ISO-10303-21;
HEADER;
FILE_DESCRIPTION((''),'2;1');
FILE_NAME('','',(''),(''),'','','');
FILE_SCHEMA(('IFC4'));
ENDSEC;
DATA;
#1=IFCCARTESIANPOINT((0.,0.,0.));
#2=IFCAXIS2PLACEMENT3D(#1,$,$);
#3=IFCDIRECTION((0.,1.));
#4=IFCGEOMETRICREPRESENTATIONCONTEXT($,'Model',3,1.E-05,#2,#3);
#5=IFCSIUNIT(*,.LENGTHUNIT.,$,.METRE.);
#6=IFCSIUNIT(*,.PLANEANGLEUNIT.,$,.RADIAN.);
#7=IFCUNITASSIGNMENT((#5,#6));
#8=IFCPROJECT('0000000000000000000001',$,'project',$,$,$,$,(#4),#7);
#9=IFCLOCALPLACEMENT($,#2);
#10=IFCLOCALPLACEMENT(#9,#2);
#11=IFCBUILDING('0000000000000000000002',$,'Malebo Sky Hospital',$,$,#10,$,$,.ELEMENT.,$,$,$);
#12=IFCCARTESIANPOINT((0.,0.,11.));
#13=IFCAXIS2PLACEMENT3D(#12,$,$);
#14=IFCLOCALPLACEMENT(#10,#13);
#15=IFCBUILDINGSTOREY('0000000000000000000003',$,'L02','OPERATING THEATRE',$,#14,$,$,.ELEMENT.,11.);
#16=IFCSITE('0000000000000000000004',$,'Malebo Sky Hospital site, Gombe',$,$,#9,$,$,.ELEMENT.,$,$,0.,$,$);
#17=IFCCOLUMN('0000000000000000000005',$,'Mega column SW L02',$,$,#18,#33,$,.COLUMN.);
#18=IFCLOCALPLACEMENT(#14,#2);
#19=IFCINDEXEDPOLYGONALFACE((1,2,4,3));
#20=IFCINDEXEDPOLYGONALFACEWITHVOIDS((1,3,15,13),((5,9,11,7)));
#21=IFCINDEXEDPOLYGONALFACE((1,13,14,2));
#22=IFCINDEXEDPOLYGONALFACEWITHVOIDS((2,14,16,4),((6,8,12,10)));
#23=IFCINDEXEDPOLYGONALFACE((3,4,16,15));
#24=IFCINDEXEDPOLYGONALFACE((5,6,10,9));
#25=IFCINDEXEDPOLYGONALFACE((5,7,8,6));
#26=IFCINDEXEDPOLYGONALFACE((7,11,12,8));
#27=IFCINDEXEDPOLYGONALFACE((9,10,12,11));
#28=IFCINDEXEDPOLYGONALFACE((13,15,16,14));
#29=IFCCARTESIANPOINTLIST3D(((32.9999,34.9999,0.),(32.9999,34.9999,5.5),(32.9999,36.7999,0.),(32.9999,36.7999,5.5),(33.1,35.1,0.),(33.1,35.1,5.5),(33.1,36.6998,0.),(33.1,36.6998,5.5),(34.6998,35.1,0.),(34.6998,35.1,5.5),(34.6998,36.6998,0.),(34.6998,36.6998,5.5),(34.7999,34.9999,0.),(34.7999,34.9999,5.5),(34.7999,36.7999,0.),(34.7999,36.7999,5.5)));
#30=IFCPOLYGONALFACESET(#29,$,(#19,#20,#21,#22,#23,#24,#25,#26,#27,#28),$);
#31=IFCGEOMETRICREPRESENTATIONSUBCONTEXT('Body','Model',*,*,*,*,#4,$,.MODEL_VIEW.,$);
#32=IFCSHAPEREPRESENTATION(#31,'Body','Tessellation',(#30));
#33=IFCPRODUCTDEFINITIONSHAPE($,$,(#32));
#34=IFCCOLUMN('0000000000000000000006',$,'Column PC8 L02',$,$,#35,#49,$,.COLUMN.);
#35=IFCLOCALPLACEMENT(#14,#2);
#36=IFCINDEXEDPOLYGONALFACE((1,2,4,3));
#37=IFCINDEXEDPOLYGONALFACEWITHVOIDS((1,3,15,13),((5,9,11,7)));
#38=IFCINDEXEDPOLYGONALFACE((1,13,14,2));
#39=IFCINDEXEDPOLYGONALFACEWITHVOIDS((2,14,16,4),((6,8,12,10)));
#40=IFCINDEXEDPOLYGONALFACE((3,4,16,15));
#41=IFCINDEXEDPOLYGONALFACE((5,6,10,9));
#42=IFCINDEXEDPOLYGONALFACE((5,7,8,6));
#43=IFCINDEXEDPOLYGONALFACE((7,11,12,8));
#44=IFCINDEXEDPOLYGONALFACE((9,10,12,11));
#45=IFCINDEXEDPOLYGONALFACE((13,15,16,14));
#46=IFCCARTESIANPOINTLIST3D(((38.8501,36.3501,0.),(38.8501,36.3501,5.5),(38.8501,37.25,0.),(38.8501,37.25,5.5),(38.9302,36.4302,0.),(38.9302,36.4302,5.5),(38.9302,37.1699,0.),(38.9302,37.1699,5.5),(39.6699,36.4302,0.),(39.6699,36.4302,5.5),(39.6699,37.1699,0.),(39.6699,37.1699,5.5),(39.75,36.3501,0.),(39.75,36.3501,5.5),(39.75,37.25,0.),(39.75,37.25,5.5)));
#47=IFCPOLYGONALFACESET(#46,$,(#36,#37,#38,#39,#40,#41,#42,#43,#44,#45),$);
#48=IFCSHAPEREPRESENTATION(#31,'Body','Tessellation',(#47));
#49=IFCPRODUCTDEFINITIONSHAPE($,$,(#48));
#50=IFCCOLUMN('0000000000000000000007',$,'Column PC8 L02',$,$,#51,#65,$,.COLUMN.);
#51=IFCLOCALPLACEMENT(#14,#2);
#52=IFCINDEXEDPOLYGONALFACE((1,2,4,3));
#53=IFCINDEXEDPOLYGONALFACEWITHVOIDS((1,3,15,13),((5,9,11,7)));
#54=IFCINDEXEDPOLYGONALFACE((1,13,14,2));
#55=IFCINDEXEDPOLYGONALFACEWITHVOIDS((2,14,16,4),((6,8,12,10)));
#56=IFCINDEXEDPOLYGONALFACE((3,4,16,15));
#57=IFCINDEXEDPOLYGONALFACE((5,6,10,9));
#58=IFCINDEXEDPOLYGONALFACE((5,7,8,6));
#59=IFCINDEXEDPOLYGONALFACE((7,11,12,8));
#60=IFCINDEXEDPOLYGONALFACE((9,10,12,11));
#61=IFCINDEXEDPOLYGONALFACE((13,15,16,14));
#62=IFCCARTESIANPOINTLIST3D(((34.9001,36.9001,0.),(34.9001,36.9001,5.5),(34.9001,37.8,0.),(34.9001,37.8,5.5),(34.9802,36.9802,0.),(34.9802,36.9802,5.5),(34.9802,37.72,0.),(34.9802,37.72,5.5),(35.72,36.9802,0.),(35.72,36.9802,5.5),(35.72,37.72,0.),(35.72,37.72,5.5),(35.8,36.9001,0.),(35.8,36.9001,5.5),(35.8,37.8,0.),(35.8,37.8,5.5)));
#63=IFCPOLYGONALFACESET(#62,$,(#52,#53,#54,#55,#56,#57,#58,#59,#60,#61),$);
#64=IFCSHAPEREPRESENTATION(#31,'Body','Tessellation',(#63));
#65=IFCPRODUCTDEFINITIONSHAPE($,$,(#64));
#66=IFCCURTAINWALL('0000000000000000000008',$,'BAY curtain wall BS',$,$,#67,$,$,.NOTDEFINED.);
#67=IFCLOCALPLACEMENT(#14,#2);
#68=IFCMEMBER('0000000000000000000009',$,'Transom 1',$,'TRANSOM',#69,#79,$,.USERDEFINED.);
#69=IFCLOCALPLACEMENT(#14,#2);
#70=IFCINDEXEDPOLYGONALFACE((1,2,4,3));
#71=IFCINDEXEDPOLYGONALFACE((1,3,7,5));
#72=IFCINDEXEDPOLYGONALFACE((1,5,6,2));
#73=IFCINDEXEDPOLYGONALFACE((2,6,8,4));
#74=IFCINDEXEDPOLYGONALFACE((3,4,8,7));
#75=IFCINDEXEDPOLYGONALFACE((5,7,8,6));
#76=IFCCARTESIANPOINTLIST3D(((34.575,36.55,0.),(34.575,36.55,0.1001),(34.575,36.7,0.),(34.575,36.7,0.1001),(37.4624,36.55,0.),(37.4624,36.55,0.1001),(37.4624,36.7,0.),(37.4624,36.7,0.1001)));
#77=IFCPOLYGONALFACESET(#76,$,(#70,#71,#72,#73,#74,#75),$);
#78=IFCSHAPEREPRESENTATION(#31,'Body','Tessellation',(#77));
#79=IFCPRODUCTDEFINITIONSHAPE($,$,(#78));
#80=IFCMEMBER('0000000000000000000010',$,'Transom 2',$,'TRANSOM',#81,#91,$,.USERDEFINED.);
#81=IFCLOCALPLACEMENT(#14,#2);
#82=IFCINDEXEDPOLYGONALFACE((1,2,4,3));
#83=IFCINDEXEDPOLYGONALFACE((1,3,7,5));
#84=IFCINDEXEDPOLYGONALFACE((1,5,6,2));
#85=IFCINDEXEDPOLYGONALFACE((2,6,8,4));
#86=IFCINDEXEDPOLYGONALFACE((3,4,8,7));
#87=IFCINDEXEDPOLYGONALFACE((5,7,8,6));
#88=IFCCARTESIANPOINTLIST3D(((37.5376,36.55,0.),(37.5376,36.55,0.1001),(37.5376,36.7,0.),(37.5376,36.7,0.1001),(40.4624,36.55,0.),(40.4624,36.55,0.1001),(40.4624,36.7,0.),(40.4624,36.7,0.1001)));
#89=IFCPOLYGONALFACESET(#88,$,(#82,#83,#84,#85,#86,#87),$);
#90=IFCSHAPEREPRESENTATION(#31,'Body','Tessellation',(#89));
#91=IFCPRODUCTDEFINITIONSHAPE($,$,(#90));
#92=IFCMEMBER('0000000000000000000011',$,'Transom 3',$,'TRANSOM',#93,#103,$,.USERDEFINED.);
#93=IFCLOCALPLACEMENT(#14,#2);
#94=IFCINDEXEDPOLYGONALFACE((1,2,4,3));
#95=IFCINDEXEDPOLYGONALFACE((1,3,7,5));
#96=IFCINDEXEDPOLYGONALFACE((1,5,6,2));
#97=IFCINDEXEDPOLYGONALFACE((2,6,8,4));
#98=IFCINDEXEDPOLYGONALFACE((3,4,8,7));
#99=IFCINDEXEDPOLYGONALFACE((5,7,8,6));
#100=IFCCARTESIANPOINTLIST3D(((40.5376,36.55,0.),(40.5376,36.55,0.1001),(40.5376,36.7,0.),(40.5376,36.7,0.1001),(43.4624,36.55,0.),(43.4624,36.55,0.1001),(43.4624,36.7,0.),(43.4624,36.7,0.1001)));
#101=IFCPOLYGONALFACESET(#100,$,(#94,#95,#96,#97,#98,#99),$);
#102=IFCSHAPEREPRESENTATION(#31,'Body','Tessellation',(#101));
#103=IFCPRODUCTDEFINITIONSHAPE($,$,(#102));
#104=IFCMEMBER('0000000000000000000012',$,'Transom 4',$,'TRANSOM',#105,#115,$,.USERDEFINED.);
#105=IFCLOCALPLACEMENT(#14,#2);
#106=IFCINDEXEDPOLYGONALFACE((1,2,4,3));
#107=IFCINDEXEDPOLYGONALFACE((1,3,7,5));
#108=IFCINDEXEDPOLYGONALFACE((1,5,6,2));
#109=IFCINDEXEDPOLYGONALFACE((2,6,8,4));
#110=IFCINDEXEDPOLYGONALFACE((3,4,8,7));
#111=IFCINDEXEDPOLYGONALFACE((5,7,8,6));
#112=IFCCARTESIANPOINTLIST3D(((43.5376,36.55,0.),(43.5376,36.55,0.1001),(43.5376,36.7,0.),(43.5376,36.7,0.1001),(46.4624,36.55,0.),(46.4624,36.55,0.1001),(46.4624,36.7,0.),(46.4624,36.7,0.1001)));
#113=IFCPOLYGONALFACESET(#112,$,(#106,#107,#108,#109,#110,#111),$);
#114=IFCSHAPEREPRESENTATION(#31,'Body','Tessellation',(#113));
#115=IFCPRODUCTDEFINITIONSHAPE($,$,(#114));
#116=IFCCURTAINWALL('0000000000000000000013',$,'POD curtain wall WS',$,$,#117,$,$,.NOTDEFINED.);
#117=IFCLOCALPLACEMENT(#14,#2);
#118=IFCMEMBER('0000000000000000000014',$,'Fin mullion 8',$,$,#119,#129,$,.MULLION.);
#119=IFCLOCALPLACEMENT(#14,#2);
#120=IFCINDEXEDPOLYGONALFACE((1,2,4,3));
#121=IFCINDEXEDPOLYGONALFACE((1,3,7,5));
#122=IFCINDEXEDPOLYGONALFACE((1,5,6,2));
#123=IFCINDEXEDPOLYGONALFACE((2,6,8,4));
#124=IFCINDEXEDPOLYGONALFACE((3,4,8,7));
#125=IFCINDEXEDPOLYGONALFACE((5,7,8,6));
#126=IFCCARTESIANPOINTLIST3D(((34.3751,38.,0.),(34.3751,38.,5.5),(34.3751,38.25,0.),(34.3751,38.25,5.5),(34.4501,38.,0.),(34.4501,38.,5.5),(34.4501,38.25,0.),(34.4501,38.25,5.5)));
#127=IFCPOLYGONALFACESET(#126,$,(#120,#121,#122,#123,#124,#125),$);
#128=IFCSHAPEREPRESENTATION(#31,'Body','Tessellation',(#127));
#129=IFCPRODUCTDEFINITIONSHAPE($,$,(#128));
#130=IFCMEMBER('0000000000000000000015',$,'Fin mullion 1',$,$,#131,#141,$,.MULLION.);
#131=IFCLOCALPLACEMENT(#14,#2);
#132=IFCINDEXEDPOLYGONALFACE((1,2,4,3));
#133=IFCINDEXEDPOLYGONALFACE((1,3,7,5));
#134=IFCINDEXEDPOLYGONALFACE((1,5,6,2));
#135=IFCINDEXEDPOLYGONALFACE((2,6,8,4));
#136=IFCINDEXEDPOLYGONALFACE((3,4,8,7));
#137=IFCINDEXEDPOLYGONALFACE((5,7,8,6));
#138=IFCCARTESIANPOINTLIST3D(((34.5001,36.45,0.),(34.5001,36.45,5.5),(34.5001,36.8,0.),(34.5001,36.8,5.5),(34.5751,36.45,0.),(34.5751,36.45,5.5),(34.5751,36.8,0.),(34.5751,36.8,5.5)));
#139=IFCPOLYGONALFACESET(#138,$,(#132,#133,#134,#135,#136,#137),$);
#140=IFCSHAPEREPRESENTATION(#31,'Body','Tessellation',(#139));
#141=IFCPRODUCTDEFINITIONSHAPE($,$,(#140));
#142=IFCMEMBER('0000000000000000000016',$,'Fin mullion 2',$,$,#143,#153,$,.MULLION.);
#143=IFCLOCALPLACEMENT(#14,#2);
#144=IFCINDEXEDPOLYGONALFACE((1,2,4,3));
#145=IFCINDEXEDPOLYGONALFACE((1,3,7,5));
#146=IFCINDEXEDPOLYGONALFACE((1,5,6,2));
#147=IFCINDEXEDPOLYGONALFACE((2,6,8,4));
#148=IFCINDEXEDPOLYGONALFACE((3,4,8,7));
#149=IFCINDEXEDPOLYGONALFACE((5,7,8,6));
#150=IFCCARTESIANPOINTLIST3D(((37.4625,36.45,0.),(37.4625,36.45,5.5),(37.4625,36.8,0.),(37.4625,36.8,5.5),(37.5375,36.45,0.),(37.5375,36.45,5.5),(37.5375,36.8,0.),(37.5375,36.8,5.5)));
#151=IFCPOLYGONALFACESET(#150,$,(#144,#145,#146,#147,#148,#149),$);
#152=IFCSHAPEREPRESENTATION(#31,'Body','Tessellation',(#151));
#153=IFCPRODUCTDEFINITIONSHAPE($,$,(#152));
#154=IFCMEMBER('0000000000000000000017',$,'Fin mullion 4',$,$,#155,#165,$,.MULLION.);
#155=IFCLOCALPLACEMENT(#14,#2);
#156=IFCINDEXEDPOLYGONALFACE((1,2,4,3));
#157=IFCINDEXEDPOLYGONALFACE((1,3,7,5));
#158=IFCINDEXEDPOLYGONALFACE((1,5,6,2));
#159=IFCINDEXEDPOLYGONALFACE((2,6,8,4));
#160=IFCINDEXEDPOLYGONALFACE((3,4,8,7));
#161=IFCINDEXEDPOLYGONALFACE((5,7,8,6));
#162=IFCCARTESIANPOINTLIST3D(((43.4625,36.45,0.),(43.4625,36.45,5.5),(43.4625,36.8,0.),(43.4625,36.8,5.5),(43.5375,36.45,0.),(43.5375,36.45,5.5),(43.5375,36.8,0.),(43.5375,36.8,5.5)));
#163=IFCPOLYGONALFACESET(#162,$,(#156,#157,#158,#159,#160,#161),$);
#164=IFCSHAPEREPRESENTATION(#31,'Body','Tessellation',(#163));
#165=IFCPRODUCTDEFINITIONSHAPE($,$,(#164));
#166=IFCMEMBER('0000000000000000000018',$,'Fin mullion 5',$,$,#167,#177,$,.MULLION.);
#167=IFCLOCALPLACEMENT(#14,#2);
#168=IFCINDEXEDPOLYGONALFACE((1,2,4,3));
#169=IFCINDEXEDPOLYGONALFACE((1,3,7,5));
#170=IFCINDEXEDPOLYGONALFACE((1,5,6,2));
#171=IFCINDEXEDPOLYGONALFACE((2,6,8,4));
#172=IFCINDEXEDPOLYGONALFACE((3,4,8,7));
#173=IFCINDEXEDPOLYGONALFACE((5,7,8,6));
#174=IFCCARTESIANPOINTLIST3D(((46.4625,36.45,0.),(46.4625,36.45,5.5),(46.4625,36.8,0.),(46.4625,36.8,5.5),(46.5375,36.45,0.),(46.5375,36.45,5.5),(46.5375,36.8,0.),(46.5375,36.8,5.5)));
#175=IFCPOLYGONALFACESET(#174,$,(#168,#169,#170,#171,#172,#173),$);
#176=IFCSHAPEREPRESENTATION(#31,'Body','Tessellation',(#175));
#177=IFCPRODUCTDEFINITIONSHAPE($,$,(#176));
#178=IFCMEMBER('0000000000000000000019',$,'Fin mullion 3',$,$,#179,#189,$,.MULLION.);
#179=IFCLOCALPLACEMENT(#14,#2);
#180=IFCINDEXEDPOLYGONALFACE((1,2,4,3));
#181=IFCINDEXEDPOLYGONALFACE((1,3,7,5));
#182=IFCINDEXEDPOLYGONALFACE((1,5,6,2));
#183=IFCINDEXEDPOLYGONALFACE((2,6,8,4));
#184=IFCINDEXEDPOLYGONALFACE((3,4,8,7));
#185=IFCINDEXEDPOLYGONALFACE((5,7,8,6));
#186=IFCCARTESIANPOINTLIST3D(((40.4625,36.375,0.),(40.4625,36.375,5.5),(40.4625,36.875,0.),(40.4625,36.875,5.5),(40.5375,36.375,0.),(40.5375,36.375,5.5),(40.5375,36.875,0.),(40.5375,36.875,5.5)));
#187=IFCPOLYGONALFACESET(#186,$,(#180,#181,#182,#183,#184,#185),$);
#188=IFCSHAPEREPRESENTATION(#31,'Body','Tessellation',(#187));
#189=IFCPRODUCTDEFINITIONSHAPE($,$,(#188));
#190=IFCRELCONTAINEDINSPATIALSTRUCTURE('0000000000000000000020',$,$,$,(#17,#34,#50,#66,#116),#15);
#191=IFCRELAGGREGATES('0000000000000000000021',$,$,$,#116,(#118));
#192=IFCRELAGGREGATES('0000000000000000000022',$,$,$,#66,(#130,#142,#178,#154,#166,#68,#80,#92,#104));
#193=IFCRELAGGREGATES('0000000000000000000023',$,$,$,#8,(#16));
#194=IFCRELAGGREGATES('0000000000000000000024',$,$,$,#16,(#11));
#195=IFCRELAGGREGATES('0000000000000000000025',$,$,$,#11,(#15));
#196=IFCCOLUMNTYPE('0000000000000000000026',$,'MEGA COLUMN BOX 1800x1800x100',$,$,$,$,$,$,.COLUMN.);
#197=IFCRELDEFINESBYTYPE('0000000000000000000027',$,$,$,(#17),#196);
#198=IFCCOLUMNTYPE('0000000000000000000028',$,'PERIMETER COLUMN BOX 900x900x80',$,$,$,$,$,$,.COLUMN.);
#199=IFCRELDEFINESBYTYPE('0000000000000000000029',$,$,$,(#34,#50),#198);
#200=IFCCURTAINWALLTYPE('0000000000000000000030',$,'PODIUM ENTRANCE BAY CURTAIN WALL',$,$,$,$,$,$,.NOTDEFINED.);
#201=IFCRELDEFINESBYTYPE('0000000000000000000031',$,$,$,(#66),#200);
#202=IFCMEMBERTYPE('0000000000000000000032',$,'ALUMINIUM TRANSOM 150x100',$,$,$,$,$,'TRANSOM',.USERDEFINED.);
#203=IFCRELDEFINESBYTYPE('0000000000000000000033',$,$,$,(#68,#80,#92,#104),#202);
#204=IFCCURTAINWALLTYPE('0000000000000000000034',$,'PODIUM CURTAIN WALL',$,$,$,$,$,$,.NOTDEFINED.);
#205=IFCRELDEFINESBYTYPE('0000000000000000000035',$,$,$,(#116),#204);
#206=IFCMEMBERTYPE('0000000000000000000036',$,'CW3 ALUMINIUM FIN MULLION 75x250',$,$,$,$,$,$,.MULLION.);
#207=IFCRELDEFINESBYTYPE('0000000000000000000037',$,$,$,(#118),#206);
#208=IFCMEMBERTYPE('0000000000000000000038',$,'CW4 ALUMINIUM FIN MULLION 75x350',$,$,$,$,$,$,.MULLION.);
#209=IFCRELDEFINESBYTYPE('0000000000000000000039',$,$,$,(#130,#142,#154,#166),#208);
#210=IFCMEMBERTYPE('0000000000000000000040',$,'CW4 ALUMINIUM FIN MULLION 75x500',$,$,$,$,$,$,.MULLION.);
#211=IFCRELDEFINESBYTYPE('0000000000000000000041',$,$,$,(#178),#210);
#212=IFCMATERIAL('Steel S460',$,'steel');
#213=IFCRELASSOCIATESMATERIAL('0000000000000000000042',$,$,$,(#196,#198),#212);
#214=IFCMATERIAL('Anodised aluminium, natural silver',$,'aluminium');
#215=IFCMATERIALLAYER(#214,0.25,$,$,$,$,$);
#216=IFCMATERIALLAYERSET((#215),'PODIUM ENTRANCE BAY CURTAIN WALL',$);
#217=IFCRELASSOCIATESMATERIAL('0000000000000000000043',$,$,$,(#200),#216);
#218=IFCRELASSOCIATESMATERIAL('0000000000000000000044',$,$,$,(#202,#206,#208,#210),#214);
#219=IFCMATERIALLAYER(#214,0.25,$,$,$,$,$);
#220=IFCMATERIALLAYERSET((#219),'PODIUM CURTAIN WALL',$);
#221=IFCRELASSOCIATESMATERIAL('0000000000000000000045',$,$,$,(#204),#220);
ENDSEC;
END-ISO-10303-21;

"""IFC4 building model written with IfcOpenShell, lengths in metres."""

from ifc_helpers import new_model, si_unit, direction, frame, origin, origin_2d, place, context, subcontext, project, spatial, rectangle, hollow_rectangle, extrude, material, layer, layer_set, material_profile, profile_set, type_object, element, aggregate, save


model = new_model("IFC4")

# Units and contexts
model_context = context("Model", 3, precision=1e-05, world=origin(), true_north=direction((0.0, 1.0)))
body_context = subcontext(model_context, "Body", "Model", "MODEL_VIEW")
ifc_project = project(units=[si_unit("LENGTHUNIT", "METRE"), si_unit("PLANEANGLEUNIT", "RADIAN")], contexts=[model_context])

# Site, building, storey
site_placement = place(None, origin())
site = spatial("IfcSite", under=ifc_project, at=site_placement, Name="Malebo Sky Hospital site, Gombe", CompositionType="ELEMENT", RefElevation=0.0)
building_placement = place(site_placement, origin())
building = spatial("IfcBuilding", under=site, at=building_placement, Name="Malebo Sky Hospital", CompositionType="ELEMENT")
storey_placement = place(building_placement, frame((0.0, 0.0, 11.0)))
storey = spatial("IfcBuildingStorey", under=building, at=storey_placement, Name="L02", Description="OPERATING THEATRE", CompositionType="ELEMENT", Elevation=11.0)

# Columns
ifc_material_1 = material(Name="Steel S460", Category="steel")
ifc_material_profile_1 = material_profile(ifc_material_1, hollow_rectangle(XDim=1.8, YDim=1.8, WallThickness=0.1001, at=origin_2d()), Name="BOX 1800x1800x100")
ifc_profile_set_1 = profile_set([ifc_material_profile_1], Name="Steel S460")
column_type_1 = type_object("IfcColumnType", Name="MEGA COLUMN BOX 1800x1800x100", PredefinedType="COLUMN", material=ifc_profile_set_1)
column_placement = place(storey_placement, frame((33.8999, 35.8999, 0.0), z_axis=(0.0, 0.0, 1.0), x_axis=(1.0, 0.0, 0.0)))
element("IfcColumn", 1, at=column_placement, inside=storey, type_object=column_type_1, Name="Mega column SW L02", PredefinedType="COLUMN", context=body_context, shape_type="SweptSolid", body=[
    extrude(hollow_rectangle(XDim=1.8, YDim=1.8, WallThickness=0.1001, at=origin_2d()), origin(), (0.0, 0.0, 1.0), 5.5),
])
ifc_material_profile_2 = material_profile(ifc_material_1, hollow_rectangle(XDim=0.8999, YDim=0.8999, WallThickness=0.0801, at=origin_2d()), Name="BOX 900x900x80")
ifc_profile_set_2 = profile_set([ifc_material_profile_2], Name="Steel S460")
column_type_2 = type_object("IfcColumnType", Name="PERIMETER COLUMN BOX 900x900x80", PredefinedType="COLUMN", material=ifc_profile_set_2)
for number, where, z_axis, x_axis, name in (
    (2, (39.3, 36.8, 0.0), (0.0, 0.0, 1.0), (1.0, 0.0, 0.0), "Column PC8 L02"),
    (3, (35.3501, 37.3501, 0.0), (0.0, 0.0, 1.0), (1.0, 0.0, 0.0), "Column PC8 L02"),
):
    element("IfcColumn", number, at=place(storey_placement, frame(where, z_axis=z_axis, x_axis=x_axis)), inside=storey, type_object=column_type_2, Name=name, PredefinedType="COLUMN", context=body_context, shape_type="SweptSolid", body=[
        extrude(hollow_rectangle(XDim=0.8999, YDim=0.8999, WallThickness=0.0801, at=origin_2d()), origin(), (0.0, 0.0, 1.0), 5.5),
    ])

# Curtain wall, members
ifc_material_2 = material(Name="Anodised aluminium, natural silver", Category="aluminium")
ifc_layer_1 = layer(ifc_material_2, 0.25)
ifc_layer_set_1 = layer_set([ifc_layer_1], Name="PODIUM ENTRANCE BAY CURTAIN WALL")
curtain_wall_type_1 = type_object("IfcCurtainWallType", Name="PODIUM ENTRANCE BAY CURTAIN WALL", PredefinedType="NOTDEFINED", material=ifc_layer_set_1)
curtain_wall_1_placement = place(storey_placement, origin())
curtain_wall_1 = element("IfcCurtainWall", 4, at=curtain_wall_1_placement, inside=storey, type_object=curtain_wall_type_1, Name="BAY curtain wall BS", PredefinedType="NOTDEFINED")
ifc_material_profile_3 = material_profile(ifc_material_2, rectangle(XDim=0.1499, YDim=0.1001, at=origin_2d()), Name="ALUMINIUM TRANSOM 150x100")
ifc_profile_set_3 = profile_set([ifc_material_profile_3], Name="Anodised aluminium, natural silver")
member_type_1 = type_object("IfcMemberType", Name="ALUMINIUM TRANSOM 150x100", ElementType="TRANSOM", PredefinedType="USERDEFINED", material=ifc_profile_set_3)
member_1_placement = place(storey_placement, frame((34.575, 36.625, 0.05), z_axis=(1.0, 0.0, 0.0), x_axis=(0.0, 1.0, 0.0)))
member_1 = element("IfcMember", 5, at=member_1_placement, type_object=member_type_1, Name="Transom 1", ObjectType="TRANSOM", PredefinedType="USERDEFINED", context=body_context, shape_type="SweptSolid", body=[
    extrude(rectangle(XDim=0.1499, YDim=0.1001, at=origin_2d()), origin(), (0.0, 0.0, 1.0), 2.8875),
])
member_2_placement = place(storey_placement, frame((37.5376, 36.625, 0.05), z_axis=(1.0, 0.0, 0.0), x_axis=(0.0, 1.0, 0.0)))
member_2 = element("IfcMember", 6, at=member_2_placement, type_object=member_type_1, Name="Transom 2", ObjectType="TRANSOM", PredefinedType="USERDEFINED", context=body_context, shape_type="SweptSolid", body=[
    extrude(rectangle(XDim=0.1499, YDim=0.1001, at=origin_2d()), origin(), (0.0, 0.0, 1.0), 2.9248),
])
member_3_placement = place(storey_placement, frame((40.5376, 36.625, 0.05), z_axis=(1.0, 0.0, 0.0), x_axis=(0.0, 1.0, 0.0)))
member_3 = element("IfcMember", 7, at=member_3_placement, type_object=member_type_1, Name="Transom 3", ObjectType="TRANSOM", PredefinedType="USERDEFINED", context=body_context, shape_type="SweptSolid", body=[
    extrude(rectangle(XDim=0.1499, YDim=0.1001, at=origin_2d()), origin(), (0.0, 0.0, 1.0), 2.9248),
])
member_4_placement = place(storey_placement, frame((43.5376, 36.625, 0.05), z_axis=(1.0, 0.0, 0.0), x_axis=(0.0, 1.0, 0.0)))
member_4 = element("IfcMember", 8, at=member_4_placement, type_object=member_type_1, Name="Transom 4", ObjectType="TRANSOM", PredefinedType="USERDEFINED", context=body_context, shape_type="SweptSolid", body=[
    extrude(rectangle(XDim=0.1499, YDim=0.1001, at=origin_2d()), origin(), (0.0, 0.0, 1.0), 2.9248),
])

# Curtain wall, member
ifc_layer_2 = layer(ifc_material_2, 0.25)
ifc_layer_set_2 = layer_set([ifc_layer_2], Name="PODIUM CURTAIN WALL")
curtain_wall_type_2 = type_object("IfcCurtainWallType", Name="PODIUM CURTAIN WALL", PredefinedType="NOTDEFINED", material=ifc_layer_set_2)
curtain_wall_2_placement = place(storey_placement, origin())
curtain_wall_2 = element("IfcCurtainWall", 9, at=curtain_wall_2_placement, inside=storey, type_object=curtain_wall_type_2, Name="POD curtain wall WS", PredefinedType="NOTDEFINED")
ifc_material_profile_4 = material_profile(ifc_material_2, rectangle(XDim=0.075, YDim=0.25, at=origin_2d()), Name="CW3 ALUMINIUM FIN MULLION 75x250")
ifc_profile_set_4 = profile_set([ifc_material_profile_4], Name="Anodised aluminium, natural silver")
member_type_2 = type_object("IfcMemberType", Name="CW3 ALUMINIUM FIN MULLION 75x250", PredefinedType="MULLION", material=ifc_profile_set_4)
member_5_placement = place(storey_placement, frame((34.4126, 38.125, 0.0), z_axis=(0.0, 0.0, 1.0), x_axis=(1.0, 0.0, 0.0)))
member_5 = element("IfcMember", 10, at=member_5_placement, type_object=member_type_2, Name="Fin mullion 8", PredefinedType="MULLION", context=body_context, shape_type="SweptSolid", body=[
    extrude(rectangle(XDim=0.075, YDim=0.25, at=origin_2d()), origin(), (0.0, 0.0, 1.0), 5.5),
])

# Members
ifc_material_profile_5 = material_profile(ifc_material_2, rectangle(XDim=0.075, YDim=0.3501, at=origin_2d()), Name="CW4 ALUMINIUM FIN MULLION 75x350")
ifc_profile_set_5 = profile_set([ifc_material_profile_5], Name="Anodised aluminium, natural silver")
member_type_3 = type_object("IfcMemberType", Name="CW4 ALUMINIUM FIN MULLION 75x350", PredefinedType="MULLION", material=ifc_profile_set_5)
member_6_placement = place(storey_placement, frame((34.5376, 36.625, 0.0), z_axis=(0.0, 0.0, 1.0), x_axis=(1.0, 0.0, 0.0)))
member_6 = element("IfcMember", 11, at=member_6_placement, type_object=member_type_3, Name="Fin mullion 1", PredefinedType="MULLION", context=body_context, shape_type="SweptSolid", body=[
    extrude(rectangle(XDim=0.075, YDim=0.3501, at=origin_2d()), origin(), (0.0, 0.0, 1.0), 5.5),
])
member_7_placement = place(storey_placement, frame((37.5, 36.625, 0.0), z_axis=(0.0, 0.0, 1.0), x_axis=(1.0, 0.0, 0.0)))
member_7 = element("IfcMember", 12, at=member_7_placement, type_object=member_type_3, Name="Fin mullion 2", PredefinedType="MULLION", context=body_context, shape_type="SweptSolid", body=[
    extrude(rectangle(XDim=0.075, YDim=0.3501, at=origin_2d()), origin(), (0.0, 0.0, 1.0), 5.5),
])
member_8_placement = place(storey_placement, frame((43.5, 36.625, 0.0), z_axis=(0.0, 0.0, 1.0), x_axis=(1.0, 0.0, 0.0)))
member_8 = element("IfcMember", 13, at=member_8_placement, type_object=member_type_3, Name="Fin mullion 4", PredefinedType="MULLION", context=body_context, shape_type="SweptSolid", body=[
    extrude(rectangle(XDim=0.075, YDim=0.3501, at=origin_2d()), origin(), (0.0, 0.0, 1.0), 5.5),
])
member_9_placement = place(storey_placement, frame((46.5, 36.625, 0.0), z_axis=(0.0, 0.0, 1.0), x_axis=(1.0, 0.0, 0.0)))
member_9 = element("IfcMember", 14, at=member_9_placement, type_object=member_type_3, Name="Fin mullion 5", PredefinedType="MULLION", context=body_context, shape_type="SweptSolid", body=[
    extrude(rectangle(XDim=0.075, YDim=0.3501, at=origin_2d()), origin(), (0.0, 0.0, 1.0), 5.5),
])
ifc_material_profile_6 = material_profile(ifc_material_2, rectangle(XDim=0.075, YDim=0.5, at=origin_2d()), Name="CW4 ALUMINIUM FIN MULLION 75x500")
ifc_profile_set_6 = profile_set([ifc_material_profile_6], Name="Anodised aluminium, natural silver")
member_type_4 = type_object("IfcMemberType", Name="CW4 ALUMINIUM FIN MULLION 75x500", PredefinedType="MULLION", material=ifc_profile_set_6)
member_10_placement = place(storey_placement, frame((40.5, 36.625, 0.0), z_axis=(0.0, 0.0, 1.0), x_axis=(1.0, 0.0, 0.0)))
member_10 = element("IfcMember", 15, at=member_10_placement, type_object=member_type_4, Name="Fin mullion 3", PredefinedType="MULLION", context=body_context, shape_type="SweptSolid", body=[
    extrude(rectangle(XDim=0.075, YDim=0.5, at=origin_2d()), origin(), (0.0, 0.0, 1.0), 5.5),
])

aggregate(curtain_wall_2, [member_5])
aggregate(curtain_wall_1, [member_6, member_7, member_10, member_8, member_9, member_1, member_2, member_3, member_4])

save(model, "model.ifc")
